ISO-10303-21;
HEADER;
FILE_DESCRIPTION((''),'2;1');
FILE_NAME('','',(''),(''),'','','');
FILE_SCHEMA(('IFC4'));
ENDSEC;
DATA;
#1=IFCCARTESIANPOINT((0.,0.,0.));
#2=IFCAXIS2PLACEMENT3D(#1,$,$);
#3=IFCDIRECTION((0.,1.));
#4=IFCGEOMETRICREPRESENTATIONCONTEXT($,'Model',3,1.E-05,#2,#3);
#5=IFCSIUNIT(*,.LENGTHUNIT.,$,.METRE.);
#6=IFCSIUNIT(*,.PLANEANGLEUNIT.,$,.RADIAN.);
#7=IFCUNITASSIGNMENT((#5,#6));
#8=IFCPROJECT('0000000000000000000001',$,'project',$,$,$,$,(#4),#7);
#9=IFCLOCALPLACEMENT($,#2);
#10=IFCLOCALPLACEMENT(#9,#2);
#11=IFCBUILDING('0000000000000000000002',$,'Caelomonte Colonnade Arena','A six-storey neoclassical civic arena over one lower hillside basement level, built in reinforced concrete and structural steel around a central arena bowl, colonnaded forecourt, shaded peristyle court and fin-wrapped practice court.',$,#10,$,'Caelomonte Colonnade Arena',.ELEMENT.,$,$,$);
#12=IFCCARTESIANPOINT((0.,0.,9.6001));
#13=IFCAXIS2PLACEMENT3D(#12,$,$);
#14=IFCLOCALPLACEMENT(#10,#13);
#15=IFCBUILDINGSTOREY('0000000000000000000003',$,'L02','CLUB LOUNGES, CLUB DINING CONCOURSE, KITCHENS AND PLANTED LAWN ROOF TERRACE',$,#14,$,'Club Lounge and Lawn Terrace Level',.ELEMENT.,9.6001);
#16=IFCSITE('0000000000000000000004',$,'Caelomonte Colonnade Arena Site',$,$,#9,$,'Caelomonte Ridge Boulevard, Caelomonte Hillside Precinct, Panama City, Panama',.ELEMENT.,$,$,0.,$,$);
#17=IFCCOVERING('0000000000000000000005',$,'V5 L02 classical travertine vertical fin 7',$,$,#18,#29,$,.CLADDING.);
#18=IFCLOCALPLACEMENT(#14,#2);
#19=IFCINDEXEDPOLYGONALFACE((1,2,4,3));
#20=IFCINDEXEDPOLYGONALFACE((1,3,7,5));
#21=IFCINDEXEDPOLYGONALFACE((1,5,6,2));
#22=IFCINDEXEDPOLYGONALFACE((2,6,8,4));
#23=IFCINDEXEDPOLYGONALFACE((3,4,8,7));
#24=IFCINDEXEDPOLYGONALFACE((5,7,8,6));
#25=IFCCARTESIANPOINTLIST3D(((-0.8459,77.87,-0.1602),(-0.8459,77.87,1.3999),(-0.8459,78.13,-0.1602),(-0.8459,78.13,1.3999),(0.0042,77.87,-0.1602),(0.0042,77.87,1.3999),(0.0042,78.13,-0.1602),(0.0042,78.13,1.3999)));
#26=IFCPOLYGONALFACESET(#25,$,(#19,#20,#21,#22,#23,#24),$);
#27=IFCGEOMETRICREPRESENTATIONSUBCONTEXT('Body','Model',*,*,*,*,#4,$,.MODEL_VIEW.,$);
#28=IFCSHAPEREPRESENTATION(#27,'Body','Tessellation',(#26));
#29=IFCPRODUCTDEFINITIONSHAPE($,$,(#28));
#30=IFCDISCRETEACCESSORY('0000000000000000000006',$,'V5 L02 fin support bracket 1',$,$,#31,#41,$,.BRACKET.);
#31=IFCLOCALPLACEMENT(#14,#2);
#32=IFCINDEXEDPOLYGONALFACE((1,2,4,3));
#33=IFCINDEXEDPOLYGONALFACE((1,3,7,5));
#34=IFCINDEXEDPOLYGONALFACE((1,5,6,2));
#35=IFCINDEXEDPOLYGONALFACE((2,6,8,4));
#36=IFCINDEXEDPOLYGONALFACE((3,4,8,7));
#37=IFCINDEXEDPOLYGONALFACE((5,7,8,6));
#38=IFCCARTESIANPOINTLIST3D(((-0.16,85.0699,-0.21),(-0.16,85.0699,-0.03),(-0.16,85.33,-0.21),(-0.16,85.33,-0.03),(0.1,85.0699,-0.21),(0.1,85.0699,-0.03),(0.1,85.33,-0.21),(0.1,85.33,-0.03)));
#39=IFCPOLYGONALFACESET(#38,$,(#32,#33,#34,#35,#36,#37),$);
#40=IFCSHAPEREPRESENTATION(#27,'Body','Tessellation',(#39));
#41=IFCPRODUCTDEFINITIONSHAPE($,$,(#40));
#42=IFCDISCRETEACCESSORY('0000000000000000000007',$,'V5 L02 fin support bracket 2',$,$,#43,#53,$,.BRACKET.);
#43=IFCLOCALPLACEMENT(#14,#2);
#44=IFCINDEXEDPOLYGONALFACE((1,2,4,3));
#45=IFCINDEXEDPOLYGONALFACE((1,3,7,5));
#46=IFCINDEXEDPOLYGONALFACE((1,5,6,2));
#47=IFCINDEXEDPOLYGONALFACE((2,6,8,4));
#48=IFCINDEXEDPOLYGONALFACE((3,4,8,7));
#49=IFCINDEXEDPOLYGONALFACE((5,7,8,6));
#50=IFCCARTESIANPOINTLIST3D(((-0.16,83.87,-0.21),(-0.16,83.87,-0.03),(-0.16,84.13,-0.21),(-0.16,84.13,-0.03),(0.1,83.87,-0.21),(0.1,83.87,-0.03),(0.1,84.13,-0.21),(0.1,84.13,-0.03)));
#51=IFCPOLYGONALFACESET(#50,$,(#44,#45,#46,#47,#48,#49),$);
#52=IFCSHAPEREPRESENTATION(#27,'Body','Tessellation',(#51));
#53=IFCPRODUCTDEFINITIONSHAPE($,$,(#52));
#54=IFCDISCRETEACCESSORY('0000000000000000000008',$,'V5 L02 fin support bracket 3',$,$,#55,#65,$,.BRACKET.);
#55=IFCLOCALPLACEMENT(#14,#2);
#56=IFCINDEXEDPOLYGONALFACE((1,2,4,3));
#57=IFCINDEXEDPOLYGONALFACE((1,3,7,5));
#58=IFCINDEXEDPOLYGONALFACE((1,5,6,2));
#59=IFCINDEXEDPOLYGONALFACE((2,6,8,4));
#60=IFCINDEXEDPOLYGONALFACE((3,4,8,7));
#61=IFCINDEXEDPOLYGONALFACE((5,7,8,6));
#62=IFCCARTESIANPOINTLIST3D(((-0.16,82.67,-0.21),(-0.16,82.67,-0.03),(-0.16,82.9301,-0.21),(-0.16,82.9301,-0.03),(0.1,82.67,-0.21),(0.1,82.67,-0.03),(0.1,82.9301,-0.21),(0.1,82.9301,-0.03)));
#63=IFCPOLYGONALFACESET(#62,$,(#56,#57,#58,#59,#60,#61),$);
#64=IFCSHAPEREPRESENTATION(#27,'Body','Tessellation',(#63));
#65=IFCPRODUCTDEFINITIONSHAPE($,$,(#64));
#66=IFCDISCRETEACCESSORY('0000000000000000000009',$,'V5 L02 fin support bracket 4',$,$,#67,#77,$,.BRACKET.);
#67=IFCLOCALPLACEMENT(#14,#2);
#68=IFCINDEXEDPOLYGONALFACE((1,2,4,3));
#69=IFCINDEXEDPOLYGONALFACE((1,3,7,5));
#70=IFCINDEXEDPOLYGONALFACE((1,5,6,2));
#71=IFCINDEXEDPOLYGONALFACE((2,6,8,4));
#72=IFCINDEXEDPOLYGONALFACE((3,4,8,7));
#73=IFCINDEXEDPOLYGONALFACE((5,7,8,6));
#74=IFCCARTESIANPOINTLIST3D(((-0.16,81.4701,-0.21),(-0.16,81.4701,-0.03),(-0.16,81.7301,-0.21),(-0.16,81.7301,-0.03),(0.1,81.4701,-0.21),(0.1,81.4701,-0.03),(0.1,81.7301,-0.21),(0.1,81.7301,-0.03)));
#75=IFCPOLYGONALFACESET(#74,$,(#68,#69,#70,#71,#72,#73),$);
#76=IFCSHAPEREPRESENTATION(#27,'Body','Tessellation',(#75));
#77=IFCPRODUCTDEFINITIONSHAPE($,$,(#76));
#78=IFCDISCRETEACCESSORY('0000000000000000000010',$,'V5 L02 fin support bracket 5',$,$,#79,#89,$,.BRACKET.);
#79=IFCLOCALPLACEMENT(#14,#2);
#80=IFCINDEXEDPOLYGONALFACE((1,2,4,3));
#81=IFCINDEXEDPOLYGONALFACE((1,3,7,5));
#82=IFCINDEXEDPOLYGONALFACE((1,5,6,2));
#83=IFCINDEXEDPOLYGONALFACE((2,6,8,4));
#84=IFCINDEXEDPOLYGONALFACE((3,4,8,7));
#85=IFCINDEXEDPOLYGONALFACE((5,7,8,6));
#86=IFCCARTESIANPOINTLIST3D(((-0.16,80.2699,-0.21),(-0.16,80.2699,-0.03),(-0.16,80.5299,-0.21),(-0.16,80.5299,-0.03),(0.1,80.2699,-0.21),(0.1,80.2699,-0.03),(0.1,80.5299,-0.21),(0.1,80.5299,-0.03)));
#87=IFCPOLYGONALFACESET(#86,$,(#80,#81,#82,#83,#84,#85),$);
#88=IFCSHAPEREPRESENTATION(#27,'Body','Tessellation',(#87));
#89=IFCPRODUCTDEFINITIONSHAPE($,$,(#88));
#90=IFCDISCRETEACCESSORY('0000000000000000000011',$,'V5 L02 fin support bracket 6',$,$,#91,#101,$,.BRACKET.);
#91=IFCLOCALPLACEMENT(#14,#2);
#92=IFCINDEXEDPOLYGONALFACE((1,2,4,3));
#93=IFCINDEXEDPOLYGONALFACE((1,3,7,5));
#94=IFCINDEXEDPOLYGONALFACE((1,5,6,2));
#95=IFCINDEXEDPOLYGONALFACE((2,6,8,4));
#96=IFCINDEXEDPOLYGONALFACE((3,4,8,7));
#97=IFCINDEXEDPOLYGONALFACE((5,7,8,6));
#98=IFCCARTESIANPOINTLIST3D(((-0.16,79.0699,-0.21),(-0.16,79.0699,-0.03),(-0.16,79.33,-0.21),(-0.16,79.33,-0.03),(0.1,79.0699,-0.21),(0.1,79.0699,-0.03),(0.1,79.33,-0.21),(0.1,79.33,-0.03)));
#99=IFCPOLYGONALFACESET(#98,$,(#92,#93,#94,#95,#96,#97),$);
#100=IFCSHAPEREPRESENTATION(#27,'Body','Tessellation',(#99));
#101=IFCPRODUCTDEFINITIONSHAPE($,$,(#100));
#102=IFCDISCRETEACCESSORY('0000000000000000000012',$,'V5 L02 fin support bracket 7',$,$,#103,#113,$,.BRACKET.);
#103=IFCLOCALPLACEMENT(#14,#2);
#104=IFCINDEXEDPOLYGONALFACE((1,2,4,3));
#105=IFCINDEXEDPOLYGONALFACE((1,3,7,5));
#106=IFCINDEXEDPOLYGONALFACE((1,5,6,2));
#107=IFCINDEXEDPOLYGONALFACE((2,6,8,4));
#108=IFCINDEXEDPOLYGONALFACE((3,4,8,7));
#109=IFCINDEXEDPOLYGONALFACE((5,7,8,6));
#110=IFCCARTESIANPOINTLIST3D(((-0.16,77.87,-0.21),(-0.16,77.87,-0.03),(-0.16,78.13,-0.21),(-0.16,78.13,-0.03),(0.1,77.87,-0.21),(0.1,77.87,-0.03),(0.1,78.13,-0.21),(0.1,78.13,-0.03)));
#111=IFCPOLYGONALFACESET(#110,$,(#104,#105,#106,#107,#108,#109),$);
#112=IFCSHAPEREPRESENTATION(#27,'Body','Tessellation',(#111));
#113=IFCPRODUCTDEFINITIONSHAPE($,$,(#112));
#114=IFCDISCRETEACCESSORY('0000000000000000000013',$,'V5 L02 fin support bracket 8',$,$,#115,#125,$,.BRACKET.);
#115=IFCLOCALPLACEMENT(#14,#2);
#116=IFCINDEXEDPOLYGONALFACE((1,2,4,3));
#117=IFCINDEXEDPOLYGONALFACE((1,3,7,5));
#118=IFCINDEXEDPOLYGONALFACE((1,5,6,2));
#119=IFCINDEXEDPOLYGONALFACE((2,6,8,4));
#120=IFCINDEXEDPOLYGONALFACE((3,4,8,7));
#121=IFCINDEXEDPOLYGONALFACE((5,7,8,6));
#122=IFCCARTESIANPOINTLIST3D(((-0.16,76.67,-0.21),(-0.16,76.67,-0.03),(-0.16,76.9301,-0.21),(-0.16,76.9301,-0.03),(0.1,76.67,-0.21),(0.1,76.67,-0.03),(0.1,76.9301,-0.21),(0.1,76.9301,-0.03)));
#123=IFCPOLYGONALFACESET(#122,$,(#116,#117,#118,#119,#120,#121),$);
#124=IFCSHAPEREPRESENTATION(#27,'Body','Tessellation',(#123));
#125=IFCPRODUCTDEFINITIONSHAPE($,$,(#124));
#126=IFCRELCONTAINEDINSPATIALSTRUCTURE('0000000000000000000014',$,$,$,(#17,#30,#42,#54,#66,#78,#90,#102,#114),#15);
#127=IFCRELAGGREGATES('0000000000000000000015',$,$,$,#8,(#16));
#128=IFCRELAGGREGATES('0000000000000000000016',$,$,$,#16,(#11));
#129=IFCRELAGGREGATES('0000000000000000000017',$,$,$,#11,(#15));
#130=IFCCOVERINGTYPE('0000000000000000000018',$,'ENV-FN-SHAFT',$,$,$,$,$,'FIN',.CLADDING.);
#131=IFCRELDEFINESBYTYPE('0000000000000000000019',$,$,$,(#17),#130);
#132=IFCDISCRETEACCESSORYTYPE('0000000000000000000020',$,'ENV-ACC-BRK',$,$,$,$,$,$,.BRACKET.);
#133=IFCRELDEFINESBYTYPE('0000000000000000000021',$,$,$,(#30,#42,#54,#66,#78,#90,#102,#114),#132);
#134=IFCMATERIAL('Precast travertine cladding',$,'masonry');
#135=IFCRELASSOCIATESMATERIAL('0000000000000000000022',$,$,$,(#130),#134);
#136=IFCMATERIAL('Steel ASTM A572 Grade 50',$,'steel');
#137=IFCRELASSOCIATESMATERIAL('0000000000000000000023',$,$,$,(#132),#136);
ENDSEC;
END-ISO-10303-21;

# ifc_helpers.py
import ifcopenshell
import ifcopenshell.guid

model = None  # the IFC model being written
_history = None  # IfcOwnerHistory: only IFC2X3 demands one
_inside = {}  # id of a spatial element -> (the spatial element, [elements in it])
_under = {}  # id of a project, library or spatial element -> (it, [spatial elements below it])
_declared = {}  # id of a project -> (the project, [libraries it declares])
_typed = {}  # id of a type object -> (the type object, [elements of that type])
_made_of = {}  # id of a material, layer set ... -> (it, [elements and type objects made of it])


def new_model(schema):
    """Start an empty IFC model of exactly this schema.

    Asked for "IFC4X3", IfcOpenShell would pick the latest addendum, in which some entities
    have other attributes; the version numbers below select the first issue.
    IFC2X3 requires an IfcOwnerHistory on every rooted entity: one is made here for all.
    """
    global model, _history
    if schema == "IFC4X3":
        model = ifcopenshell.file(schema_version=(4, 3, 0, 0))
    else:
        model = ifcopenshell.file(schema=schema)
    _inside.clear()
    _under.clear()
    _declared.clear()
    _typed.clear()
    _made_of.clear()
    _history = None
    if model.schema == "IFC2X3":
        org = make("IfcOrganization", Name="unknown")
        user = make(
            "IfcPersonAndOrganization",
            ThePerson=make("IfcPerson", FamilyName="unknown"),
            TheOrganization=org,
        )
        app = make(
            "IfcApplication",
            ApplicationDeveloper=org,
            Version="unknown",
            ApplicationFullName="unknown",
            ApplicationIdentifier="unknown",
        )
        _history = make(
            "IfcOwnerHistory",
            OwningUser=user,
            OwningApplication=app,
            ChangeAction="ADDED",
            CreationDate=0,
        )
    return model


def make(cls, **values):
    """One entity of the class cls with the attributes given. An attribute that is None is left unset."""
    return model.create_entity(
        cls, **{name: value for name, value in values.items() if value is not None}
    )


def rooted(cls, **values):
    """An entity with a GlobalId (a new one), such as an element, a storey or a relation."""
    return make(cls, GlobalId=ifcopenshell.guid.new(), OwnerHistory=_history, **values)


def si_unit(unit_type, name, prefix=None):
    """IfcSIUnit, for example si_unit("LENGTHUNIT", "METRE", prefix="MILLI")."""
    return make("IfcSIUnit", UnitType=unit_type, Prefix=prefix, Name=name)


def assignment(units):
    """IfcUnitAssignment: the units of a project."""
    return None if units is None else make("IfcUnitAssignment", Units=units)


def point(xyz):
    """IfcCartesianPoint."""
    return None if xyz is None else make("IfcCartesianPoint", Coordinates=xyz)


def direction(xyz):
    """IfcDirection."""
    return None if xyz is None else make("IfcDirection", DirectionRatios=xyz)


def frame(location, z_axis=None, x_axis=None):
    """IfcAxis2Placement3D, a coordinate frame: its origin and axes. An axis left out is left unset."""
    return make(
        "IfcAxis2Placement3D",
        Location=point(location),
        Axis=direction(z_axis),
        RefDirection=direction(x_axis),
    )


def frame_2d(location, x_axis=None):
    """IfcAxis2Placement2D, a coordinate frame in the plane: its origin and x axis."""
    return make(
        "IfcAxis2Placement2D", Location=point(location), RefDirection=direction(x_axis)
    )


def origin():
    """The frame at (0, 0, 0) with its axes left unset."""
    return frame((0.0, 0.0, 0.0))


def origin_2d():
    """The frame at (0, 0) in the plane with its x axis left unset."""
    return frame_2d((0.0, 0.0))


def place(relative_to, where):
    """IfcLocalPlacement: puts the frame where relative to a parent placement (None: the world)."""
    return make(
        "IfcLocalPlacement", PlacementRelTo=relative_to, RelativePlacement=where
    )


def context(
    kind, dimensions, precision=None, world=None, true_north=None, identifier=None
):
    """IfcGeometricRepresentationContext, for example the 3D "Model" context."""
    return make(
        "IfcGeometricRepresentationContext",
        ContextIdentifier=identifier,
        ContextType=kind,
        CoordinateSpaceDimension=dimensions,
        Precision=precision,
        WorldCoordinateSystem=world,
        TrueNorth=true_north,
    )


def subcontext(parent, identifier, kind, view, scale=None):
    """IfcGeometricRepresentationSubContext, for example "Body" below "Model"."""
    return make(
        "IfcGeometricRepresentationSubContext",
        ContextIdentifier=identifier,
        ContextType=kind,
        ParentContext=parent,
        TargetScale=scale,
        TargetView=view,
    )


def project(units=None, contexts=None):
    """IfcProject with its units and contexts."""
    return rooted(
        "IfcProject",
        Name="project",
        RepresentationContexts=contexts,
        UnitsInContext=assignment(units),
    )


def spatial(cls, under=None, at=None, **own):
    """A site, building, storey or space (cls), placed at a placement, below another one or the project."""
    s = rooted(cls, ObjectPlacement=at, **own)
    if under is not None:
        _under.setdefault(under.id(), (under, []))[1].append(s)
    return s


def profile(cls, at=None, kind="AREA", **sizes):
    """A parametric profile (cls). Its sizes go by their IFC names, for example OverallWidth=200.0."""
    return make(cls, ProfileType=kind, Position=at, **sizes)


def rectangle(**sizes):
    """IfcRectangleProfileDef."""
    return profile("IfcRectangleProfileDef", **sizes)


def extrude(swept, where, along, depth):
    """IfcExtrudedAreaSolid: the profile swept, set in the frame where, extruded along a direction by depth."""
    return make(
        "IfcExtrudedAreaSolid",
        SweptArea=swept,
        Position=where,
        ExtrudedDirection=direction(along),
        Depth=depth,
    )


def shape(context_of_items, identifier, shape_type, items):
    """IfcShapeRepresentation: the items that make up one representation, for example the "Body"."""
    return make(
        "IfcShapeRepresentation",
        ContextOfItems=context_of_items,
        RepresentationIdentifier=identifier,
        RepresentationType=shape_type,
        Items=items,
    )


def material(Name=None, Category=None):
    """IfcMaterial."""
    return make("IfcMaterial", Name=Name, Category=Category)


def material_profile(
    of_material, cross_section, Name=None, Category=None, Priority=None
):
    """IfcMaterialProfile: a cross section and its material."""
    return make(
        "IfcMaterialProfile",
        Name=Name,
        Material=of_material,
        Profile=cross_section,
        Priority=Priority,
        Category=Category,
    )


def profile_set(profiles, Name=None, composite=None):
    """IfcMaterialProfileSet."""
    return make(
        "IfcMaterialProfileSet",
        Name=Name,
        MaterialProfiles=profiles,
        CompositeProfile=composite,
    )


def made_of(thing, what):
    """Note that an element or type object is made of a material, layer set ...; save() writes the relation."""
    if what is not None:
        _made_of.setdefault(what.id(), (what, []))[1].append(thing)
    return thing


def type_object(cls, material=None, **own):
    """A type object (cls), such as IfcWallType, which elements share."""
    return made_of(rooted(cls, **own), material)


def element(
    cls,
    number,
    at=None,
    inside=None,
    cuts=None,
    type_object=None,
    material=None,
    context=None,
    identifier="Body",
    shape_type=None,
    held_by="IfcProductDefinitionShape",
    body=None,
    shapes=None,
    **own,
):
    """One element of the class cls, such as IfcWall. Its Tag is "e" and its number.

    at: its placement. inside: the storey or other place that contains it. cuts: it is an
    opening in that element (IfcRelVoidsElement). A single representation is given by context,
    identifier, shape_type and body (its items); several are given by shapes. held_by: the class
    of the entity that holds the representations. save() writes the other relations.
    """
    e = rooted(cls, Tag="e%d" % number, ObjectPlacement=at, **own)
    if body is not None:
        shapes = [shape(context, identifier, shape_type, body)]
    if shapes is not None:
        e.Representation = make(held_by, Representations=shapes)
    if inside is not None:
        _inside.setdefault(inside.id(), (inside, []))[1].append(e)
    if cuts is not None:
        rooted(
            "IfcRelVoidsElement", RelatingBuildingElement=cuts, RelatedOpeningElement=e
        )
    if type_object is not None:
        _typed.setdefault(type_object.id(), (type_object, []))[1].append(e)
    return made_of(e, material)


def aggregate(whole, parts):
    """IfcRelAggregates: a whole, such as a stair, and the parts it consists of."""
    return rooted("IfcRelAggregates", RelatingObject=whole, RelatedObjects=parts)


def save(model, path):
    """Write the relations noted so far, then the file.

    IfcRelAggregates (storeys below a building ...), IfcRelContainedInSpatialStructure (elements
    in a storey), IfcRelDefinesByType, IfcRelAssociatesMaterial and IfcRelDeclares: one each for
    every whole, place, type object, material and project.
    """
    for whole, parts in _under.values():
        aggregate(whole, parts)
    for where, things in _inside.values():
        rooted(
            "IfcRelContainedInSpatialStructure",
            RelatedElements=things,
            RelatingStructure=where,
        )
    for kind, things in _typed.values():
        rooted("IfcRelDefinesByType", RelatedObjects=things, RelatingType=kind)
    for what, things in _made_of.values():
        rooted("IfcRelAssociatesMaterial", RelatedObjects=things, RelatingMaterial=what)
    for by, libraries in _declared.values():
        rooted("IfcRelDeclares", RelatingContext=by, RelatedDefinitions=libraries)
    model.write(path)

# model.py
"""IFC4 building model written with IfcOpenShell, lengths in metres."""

from ifc_helpers import new_model, si_unit, direction, frame, origin, origin_2d, place, context, subcontext, project, spatial, rectangle, extrude, material, material_profile, profile_set, type_object, element, save


model = new_model("IFC4")

# Units and contexts
model_context = context("Model", 3, precision=1e-05, world=origin(), true_north=direction((0.0, 1.0)))
body_context = subcontext(model_context, "Body", "Model", "MODEL_VIEW")
ifc_project = project(units=[si_unit("LENGTHUNIT", "METRE"), si_unit("PLANEANGLEUNIT", "RADIAN")], contexts=[model_context])

# Site, building, storey
site_placement = place(None, origin())
site = spatial("IfcSite", under=ifc_project, at=site_placement, Name="Caelomonte Colonnade Arena Site", LongName="Caelomonte Ridge Boulevard, Caelomonte Hillside Precinct, Panama City, Panama", CompositionType="ELEMENT", RefElevation=0.0)
building_placement = place(site_placement, origin())
building = spatial("IfcBuilding", under=site, at=building_placement, Name="Caelomonte Colonnade Arena", Description="A six-storey neoclassical civic arena over one lower hillside basement level, built in reinforced concrete and structural steel around a central arena bowl, colonnaded forecourt, shaded peristyle court and fin-wrapped practice court.", LongName="Caelomonte Colonnade Arena", CompositionType="ELEMENT")
storey_placement = place(building_placement, frame((0.0, 0.0, 9.6001)))
storey = spatial("IfcBuildingStorey", under=building, at=storey_placement, Name="L02", Description="CLUB LOUNGES, CLUB DINING CONCOURSE, KITCHENS AND PLANTED LAWN ROOF TERRACE", LongName="Club Lounge and Lawn Terrace Level", CompositionType="ELEMENT", Elevation=9.6001)

# Covering
ifc_material_1 = material(Name="Precast travertine cladding", Category="masonry")
ifc_material_profile_1 = material_profile(ifc_material_1, rectangle(XDim=0.26, YDim=0.8501, at=origin_2d()), Name="FIN260X850")
ifc_profile_set_1 = profile_set([ifc_material_profile_1], Name="Precast travertine cladding")
covering_type = type_object("IfcCoveringType", Name="ENV-FN-SHAFT", ElementType="FIN", PredefinedType="CLADDING", material=ifc_profile_set_1)
for number, where, z_axis, x_axis, name in (
    (1, (-0.4209, 78.0, -0.1602), (0.0, 0.0, 1.0), (0.0, 1.0, 0.0), "V5 L02 classical travertine vertical fin 7"),
):
    element("IfcCovering", number, at=place(storey_placement, frame(where, z_axis=z_axis, x_axis=x_axis)), inside=storey, type_object=covering_type, Name=name, PredefinedType="CLADDING", context=body_context, shape_type="SweptSolid", body=[
        extrude(rectangle(XDim=0.26, YDim=0.8501, at=origin_2d()), origin(), (0.0, 0.0, 1.0), 1.5601),
    ])

# Discrete accessories
ifc_material_2 = material(Name="Steel ASTM A572 Grade 50", Category="steel")
discrete_accessory_type = type_object("IfcDiscreteAccessoryType", Name="ENV-ACC-BRK", PredefinedType="BRACKET", material=ifc_material_2)
for number, where, z_axis, x_axis, name in (
    (2, (-0.03, 85.2, -0.21), (0.0, 0.0, 1.0), (0.0, -1.0, 0.0), "V5 L02 fin support bracket 1"),
    (3, (-0.03, 84.0, -0.21), (0.0, 0.0, 1.0), (0.0, -1.0, 0.0), "V5 L02 fin support bracket 2"),
    (4, (-0.03, 82.8, -0.21), (0.0, 0.0, 1.0), (0.0, -1.0, 0.0), "V5 L02 fin support bracket 3"),
    (5, (-0.03, 81.6001, -0.21), (0.0, 0.0, 1.0), (0.0, -1.0, 0.0), "V5 L02 fin support bracket 4"),
    (6, (-0.03, 80.3999, -0.21), (0.0, 0.0, 1.0), (0.0, -1.0, 0.0), "V5 L02 fin support bracket 5"),
    (7, (-0.03, 79.2, -0.21), (0.0, 0.0, 1.0), (0.0, -1.0, 0.0), "V5 L02 fin support bracket 6"),
    (8, (-0.03, 78.0, -0.21), (0.0, 0.0, 1.0), (0.0, -1.0, 0.0), "V5 L02 fin support bracket 7"),
    (9, (-0.03, 76.8, -0.21), (0.0, 0.0, 1.0), (0.0, -1.0, 0.0), "V5 L02 fin support bracket 8"),
):
    element("IfcDiscreteAccessory", number, at=place(storey_placement, frame(where, z_axis=z_axis, x_axis=x_axis)), inside=storey, type_object=discrete_accessory_type, Name=name, PredefinedType="BRACKET", context=body_context, shape_type="SweptSolid", body=[
        extrude(rectangle(XDim=0.26, YDim=0.26, at=origin_2d()), origin(), (0.0, 0.0, 1.0), 0.1799),
    ])

save(model, "model.ifc")
